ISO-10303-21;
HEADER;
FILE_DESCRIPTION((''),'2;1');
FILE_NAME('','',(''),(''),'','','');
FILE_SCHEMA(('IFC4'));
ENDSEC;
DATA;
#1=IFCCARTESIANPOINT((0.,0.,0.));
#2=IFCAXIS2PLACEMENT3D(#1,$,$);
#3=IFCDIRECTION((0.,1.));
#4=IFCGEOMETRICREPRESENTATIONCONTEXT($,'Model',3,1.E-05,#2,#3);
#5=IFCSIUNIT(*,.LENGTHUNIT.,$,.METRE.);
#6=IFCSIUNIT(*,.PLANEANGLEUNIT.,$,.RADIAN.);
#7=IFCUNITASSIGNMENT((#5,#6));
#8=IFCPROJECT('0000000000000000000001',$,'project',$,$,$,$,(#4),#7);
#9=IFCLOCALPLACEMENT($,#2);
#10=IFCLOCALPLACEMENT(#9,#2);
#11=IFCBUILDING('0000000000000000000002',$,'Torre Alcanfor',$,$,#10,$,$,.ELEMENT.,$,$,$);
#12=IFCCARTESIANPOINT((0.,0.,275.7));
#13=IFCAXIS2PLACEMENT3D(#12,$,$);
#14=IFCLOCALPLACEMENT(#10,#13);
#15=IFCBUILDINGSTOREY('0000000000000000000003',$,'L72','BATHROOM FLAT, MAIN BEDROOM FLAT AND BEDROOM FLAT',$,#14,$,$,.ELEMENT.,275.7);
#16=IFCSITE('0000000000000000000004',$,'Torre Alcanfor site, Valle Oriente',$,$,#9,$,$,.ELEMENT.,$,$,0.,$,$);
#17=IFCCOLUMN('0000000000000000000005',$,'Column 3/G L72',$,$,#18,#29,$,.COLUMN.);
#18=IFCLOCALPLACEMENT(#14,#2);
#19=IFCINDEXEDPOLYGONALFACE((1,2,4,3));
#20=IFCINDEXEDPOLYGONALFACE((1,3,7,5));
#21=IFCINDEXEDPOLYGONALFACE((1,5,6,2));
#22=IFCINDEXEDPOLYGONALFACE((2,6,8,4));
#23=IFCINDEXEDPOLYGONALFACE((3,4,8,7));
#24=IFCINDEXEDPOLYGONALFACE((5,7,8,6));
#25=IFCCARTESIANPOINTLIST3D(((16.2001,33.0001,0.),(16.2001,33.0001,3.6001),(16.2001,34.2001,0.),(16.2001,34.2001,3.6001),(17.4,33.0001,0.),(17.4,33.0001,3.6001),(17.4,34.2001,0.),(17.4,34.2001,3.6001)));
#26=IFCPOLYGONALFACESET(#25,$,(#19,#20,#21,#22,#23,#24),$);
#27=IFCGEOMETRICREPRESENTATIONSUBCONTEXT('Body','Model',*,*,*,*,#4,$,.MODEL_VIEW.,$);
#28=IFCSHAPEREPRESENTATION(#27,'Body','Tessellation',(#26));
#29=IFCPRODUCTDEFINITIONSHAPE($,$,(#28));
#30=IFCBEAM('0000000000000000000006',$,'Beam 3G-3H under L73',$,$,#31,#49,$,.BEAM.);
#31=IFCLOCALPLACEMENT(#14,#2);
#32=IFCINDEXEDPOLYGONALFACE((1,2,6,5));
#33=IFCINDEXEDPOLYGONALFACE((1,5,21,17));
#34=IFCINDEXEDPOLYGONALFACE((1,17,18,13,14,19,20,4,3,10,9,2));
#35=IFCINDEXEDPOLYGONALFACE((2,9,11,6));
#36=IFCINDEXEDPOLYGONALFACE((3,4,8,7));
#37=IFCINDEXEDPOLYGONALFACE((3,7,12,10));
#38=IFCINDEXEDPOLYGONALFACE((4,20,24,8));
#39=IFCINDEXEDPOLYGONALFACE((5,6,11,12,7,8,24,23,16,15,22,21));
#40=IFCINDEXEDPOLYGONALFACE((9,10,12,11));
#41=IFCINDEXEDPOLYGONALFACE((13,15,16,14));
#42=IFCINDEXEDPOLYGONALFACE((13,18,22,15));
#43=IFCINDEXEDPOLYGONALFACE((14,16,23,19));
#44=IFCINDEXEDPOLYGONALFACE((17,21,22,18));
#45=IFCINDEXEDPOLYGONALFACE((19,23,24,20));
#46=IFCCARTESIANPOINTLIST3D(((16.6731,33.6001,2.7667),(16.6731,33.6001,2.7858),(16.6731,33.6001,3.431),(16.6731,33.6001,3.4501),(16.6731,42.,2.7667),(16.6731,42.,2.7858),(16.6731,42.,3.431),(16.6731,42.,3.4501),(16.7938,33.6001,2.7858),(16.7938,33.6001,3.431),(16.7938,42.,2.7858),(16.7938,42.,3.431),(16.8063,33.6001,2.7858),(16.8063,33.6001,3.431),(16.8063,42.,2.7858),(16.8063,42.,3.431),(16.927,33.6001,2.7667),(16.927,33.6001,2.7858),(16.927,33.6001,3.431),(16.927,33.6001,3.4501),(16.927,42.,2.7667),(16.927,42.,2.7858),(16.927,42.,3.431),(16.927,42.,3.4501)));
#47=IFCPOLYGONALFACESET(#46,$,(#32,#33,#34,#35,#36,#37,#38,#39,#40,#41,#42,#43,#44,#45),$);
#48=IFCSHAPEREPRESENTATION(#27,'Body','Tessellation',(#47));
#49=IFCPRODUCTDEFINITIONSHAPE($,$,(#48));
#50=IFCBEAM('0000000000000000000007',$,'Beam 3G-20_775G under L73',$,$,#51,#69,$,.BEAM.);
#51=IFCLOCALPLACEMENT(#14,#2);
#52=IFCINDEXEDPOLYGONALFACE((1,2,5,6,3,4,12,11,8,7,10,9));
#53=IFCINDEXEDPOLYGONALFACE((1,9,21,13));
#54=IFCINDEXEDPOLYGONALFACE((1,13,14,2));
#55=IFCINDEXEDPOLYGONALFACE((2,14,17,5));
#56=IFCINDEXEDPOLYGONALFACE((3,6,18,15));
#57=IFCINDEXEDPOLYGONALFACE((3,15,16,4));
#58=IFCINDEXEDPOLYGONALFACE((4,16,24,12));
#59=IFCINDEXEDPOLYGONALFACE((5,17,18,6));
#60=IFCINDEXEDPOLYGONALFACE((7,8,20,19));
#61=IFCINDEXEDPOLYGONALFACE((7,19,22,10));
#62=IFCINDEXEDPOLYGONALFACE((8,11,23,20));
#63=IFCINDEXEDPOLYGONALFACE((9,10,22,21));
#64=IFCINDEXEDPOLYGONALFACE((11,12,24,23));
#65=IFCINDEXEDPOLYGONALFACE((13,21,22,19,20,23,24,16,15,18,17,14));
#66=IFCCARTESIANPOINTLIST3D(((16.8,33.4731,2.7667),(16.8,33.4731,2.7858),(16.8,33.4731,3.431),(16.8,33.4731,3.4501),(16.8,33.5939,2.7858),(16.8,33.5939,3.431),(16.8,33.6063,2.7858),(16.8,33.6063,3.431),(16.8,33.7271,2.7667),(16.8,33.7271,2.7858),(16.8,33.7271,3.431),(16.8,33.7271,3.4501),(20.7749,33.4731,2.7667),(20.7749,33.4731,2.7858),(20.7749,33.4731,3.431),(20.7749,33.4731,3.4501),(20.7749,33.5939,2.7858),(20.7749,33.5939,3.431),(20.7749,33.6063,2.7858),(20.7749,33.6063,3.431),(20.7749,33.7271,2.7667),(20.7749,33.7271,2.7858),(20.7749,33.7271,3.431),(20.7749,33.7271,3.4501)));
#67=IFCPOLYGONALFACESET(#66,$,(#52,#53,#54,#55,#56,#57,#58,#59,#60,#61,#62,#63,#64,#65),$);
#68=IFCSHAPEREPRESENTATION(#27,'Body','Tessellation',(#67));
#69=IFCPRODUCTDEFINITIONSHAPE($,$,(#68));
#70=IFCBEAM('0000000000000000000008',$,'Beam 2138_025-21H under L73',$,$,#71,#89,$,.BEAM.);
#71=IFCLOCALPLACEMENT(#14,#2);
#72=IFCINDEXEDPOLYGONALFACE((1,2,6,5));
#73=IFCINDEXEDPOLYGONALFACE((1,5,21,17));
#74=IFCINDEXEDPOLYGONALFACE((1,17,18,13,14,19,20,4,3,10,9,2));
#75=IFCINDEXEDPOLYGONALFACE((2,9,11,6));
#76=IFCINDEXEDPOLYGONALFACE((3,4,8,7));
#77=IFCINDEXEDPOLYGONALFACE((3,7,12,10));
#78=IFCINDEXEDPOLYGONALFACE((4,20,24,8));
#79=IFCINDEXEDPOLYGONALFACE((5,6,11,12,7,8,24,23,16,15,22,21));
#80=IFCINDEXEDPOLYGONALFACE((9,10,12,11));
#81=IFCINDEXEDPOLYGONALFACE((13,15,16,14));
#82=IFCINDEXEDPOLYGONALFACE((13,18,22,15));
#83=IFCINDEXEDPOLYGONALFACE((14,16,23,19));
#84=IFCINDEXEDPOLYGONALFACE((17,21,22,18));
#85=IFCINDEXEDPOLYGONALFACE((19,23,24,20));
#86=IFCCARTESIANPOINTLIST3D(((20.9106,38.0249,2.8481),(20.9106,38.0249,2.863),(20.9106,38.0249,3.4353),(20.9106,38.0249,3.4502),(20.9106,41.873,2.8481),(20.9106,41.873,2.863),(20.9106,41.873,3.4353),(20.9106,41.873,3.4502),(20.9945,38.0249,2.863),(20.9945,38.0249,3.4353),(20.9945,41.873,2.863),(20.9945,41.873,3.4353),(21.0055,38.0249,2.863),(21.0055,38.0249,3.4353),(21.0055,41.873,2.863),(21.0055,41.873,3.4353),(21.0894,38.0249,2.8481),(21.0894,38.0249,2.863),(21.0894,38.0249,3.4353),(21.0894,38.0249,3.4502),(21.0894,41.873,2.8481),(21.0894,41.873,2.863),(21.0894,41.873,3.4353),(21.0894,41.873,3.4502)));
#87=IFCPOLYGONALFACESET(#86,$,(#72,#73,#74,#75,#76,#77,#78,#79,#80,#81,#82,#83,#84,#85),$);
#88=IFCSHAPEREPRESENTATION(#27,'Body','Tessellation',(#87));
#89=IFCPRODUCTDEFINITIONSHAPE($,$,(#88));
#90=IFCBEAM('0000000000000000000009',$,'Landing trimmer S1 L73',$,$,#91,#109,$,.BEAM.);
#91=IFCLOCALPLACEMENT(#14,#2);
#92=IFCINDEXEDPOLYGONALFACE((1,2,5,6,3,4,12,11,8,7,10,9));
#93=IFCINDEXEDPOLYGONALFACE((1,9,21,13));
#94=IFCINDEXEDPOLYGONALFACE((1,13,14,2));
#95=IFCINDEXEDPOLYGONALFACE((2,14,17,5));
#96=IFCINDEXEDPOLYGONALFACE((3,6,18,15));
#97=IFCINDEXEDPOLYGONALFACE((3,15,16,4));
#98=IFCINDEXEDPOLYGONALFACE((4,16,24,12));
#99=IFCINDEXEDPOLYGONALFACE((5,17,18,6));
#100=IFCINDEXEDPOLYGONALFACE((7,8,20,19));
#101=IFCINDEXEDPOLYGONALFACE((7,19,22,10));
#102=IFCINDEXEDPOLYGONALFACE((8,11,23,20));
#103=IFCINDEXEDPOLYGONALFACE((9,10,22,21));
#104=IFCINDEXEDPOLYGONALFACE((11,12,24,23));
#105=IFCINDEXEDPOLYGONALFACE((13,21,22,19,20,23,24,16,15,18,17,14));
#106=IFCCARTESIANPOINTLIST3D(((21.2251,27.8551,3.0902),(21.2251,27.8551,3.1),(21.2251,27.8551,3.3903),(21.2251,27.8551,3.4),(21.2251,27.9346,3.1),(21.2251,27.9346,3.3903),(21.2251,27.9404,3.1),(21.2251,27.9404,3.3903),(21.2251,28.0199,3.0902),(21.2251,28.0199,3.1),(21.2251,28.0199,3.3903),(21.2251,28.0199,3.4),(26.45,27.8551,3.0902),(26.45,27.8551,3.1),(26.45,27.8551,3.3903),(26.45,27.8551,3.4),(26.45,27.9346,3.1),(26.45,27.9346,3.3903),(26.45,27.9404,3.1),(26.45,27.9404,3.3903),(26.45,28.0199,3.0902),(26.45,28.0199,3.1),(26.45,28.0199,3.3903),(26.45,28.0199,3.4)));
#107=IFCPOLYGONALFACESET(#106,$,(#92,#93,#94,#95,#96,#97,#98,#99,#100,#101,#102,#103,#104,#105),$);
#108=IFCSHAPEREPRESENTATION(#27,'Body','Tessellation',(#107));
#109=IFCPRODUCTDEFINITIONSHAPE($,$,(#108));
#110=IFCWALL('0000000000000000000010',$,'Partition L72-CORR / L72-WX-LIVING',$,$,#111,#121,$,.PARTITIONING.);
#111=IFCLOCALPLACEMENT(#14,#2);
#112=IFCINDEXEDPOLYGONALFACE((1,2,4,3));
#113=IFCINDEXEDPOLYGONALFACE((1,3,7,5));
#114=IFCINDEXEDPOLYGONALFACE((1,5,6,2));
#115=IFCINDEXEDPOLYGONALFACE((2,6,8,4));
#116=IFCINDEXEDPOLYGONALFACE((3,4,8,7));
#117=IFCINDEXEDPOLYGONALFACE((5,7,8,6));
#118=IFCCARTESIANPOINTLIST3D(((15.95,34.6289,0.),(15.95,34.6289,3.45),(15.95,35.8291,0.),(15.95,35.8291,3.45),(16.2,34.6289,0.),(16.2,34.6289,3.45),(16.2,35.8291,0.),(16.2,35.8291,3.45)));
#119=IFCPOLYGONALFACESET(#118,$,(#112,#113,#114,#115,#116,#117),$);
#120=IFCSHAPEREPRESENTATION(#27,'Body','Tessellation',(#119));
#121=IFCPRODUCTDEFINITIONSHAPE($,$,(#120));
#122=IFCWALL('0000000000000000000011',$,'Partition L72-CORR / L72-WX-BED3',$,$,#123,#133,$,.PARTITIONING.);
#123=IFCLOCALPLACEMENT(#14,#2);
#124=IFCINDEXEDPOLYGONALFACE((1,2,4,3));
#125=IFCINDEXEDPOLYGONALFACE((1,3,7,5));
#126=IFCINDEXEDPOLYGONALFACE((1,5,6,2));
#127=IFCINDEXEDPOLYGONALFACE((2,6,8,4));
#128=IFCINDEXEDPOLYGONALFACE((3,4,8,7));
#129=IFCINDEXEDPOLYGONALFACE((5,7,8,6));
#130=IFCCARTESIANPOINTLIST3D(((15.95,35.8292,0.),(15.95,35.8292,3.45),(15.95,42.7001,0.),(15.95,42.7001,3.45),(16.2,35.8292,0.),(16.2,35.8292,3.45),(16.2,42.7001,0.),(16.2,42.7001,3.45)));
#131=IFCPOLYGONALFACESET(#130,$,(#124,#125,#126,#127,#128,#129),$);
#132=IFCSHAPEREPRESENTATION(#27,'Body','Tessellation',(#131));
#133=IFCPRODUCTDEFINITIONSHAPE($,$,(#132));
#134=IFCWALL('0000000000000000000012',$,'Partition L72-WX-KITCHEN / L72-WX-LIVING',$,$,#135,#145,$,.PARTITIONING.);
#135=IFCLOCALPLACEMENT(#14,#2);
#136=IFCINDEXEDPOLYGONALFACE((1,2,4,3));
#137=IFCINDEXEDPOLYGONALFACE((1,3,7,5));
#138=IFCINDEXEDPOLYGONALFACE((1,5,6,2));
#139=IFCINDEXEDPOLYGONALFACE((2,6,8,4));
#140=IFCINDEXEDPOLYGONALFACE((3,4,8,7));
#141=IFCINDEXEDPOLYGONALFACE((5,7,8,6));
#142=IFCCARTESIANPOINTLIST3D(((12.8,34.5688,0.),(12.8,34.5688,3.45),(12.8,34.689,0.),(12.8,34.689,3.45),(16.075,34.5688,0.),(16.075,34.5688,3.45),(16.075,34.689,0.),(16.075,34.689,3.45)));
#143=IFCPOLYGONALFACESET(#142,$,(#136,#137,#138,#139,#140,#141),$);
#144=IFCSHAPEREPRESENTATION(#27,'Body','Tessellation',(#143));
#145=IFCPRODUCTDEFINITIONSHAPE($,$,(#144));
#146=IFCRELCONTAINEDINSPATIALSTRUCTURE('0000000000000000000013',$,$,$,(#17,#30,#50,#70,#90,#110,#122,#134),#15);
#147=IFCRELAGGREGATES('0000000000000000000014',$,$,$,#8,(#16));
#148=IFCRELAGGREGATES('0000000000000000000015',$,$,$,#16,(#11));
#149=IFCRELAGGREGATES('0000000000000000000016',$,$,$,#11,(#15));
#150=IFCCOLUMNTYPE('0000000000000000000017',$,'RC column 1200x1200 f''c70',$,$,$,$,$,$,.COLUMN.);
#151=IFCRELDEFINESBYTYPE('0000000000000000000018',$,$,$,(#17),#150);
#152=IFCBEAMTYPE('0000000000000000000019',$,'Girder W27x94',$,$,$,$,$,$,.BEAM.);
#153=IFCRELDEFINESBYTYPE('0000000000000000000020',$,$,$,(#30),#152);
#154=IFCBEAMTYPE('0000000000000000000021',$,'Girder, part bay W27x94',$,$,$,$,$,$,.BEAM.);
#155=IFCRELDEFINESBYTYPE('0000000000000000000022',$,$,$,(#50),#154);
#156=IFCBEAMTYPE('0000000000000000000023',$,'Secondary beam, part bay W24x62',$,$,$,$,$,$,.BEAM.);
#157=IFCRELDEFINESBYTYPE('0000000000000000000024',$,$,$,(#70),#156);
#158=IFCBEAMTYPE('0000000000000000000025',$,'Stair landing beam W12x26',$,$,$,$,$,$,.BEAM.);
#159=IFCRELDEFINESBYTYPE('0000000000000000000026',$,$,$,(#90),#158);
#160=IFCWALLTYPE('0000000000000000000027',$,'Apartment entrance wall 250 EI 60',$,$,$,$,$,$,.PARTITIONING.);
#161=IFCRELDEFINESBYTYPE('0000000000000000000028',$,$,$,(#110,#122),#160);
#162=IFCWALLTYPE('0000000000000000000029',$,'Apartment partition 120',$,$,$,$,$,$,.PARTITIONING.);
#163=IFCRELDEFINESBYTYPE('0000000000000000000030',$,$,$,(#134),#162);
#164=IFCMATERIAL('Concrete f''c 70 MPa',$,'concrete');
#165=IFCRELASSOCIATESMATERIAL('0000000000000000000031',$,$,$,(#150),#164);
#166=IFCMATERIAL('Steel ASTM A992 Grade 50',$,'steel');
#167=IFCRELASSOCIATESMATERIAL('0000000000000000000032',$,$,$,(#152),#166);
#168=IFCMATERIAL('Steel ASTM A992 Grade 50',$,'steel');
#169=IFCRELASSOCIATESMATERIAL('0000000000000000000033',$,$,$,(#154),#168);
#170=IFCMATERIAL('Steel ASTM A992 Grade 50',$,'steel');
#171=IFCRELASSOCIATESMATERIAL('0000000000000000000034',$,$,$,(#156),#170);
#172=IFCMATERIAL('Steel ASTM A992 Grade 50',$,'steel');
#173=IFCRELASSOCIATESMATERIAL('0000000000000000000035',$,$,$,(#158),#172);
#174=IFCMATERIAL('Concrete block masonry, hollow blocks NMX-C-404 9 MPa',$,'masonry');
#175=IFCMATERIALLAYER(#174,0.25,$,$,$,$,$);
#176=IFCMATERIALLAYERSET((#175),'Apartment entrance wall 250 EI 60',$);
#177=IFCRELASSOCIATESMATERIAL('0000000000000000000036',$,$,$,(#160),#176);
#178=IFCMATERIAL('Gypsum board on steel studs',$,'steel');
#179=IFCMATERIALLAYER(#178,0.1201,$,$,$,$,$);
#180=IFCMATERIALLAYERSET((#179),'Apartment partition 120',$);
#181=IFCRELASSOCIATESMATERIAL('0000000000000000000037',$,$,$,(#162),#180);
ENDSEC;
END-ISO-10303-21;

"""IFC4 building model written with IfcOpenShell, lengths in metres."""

from ifc_helpers import new_model, si_unit, direction, frame, frame_2d, origin, origin_2d, place, context, subcontext, project, spatial, rectangle, i_section, extrude, material, layer, layer_set, material_profile, profile_set, type_object, element, save


model = new_model("IFC4")

# Units and contexts
model_context = context("Model", 3, precision=1e-05, world=origin(), true_north=direction((0.0, 1.0)))
body_context = subcontext(model_context, "Body", "Model", "MODEL_VIEW")
ifc_project = project(units=[si_unit("LENGTHUNIT", "METRE"), si_unit("PLANEANGLEUNIT", "RADIAN")], contexts=[model_context])

# Site, building, storey
site_placement = place(None, origin())
site = spatial("IfcSite", under=ifc_project, at=site_placement, Name="Torre Alcanfor site, Valle Oriente", CompositionType="ELEMENT", RefElevation=0.0)
building_placement = place(site_placement, origin())
building = spatial("IfcBuilding", under=site, at=building_placement, Name="Torre Alcanfor", CompositionType="ELEMENT")
storey_placement = place(building_placement, frame((0.0, 0.0, 275.7)))
storey = spatial("IfcBuildingStorey", under=building, at=storey_placement, Name="L72", Description="BATHROOM FLAT, MAIN BEDROOM FLAT AND BEDROOM FLAT", CompositionType="ELEMENT", Elevation=275.7)

# Column
ifc_material_1 = material(Name="Concrete f'c 70 MPa", Category="concrete")
ifc_material_profile_1 = material_profile(ifc_material_1, rectangle(XDim=1.2, YDim=1.2, at=origin_2d()), Name="1200x1200")
ifc_profile_set_1 = profile_set([ifc_material_profile_1], Name="Concrete f'c 70 MPa")
column_type = type_object("IfcColumnType", Name="RC column 1200x1200 f'c70", PredefinedType="COLUMN", material=ifc_profile_set_1)
column_placement = place(storey_placement, frame((16.8, 33.6001, 0.0), z_axis=(0.0, 0.0, 1.0), x_axis=(1.0, 0.0, 0.0)))
element("IfcColumn", 1, at=column_placement, inside=storey, type_object=column_type, Name="Column 3/G L72", PredefinedType="COLUMN", context=body_context, shape_type="SweptSolid", body=[
    extrude(rectangle(XDim=1.2, YDim=1.2, at=origin_2d()), origin(), (0.0, 0.0, 1.0), 3.6001),
])

# Beams
ifc_material_2 = material(Name="Steel ASTM A992 Grade 50", Category="steel")
ifc_material_profile_2 = material_profile(ifc_material_2, i_section(OverallWidth=0.2539, OverallDepth=0.6833, WebThickness=0.0125, FlangeThickness=0.019, at=origin_2d()), Name="W27x94")
ifc_profile_set_2 = profile_set([ifc_material_profile_2], Name="Steel ASTM A992 Grade 50")
beam_type_1 = type_object("IfcBeamType", Name="Girder W27x94", PredefinedType="BEAM", material=ifc_profile_set_2)
beam_1_placement = place(storey_placement, frame((16.8, 33.6001, 3.1084), z_axis=(0.0, 1.0, 0.0), x_axis=(-1.0, 0.0, 0.0)))
element("IfcBeam", 2, at=beam_1_placement, inside=storey, type_object=beam_type_1, Name="Beam 3G-3H under L73", PredefinedType="BEAM", context=body_context, shape_type="SweptSolid", body=[
    extrude(i_section(OverallWidth=0.2539, OverallDepth=0.6833, WebThickness=0.0125, FlangeThickness=0.019, at=origin_2d()), origin(), (0.0, 0.0, 1.0), 8.3999),
])
ifc_material_3 = material(Name="Steel ASTM A992 Grade 50", Category="steel")
ifc_material_profile_3 = material_profile(ifc_material_3, i_section(OverallWidth=0.2539, OverallDepth=0.6833, WebThickness=0.0125, FlangeThickness=0.019, at=origin_2d()), Name="W27x94")
ifc_profile_set_3 = profile_set([ifc_material_profile_3], Name="Steel ASTM A992 Grade 50")
beam_type_2 = type_object("IfcBeamType", Name="Girder, part bay W27x94", PredefinedType="BEAM", material=ifc_profile_set_3)
beam_2_placement = place(storey_placement, frame((16.8, 33.6001, 3.1084), z_axis=(1.0, 0.0, 0.0), x_axis=(0.0, 1.0, 0.0)))
element("IfcBeam", 3, at=beam_2_placement, inside=storey, type_object=beam_type_2, Name="Beam 3G-20_775G under L73", PredefinedType="BEAM", context=body_context, shape_type="SweptSolid", body=[
    extrude(i_section(OverallWidth=0.2539, OverallDepth=0.6833, WebThickness=0.0125, FlangeThickness=0.019, at=origin_2d()), origin(), (0.0, 0.0, 1.0), 3.9749),
])
ifc_material_4 = material(Name="Steel ASTM A992 Grade 50", Category="steel")
ifc_material_profile_4 = material_profile(ifc_material_4, i_section(OverallWidth=0.1787, OverallDepth=0.6021, WebThickness=0.011, FlangeThickness=0.0149, at=origin_2d()), Name="W24x62")
ifc_profile_set_4 = profile_set([ifc_material_profile_4], Name="Steel ASTM A992 Grade 50")
beam_type_3 = type_object("IfcBeamType", Name="Secondary beam, part bay W24x62", PredefinedType="BEAM", material=ifc_profile_set_4)
beam_3_placement = place(storey_placement, frame((21.0, 38.0249, 3.1492), z_axis=(0.0, 1.0, 0.0), x_axis=(-1.0, 0.0, 0.0)))
element("IfcBeam", 4, at=beam_3_placement, inside=storey, type_object=beam_type_3, Name="Beam 2138_025-21H under L73", PredefinedType="BEAM", context=body_context, shape_type="SweptSolid", body=[
    extrude(i_section(OverallWidth=0.1787, OverallDepth=0.6021, WebThickness=0.011, FlangeThickness=0.0149, at=origin_2d()), origin(), (0.0, 0.0, 1.0), 3.8481),
])
ifc_material_5 = material(Name="Steel ASTM A992 Grade 50", Category="steel")
ifc_material_profile_5 = material_profile(ifc_material_5, i_section(OverallWidth=0.1648, OverallDepth=0.3098, WebThickness=0.0059, FlangeThickness=0.0098, at=origin_2d()), Name="W12x26")
ifc_profile_set_5 = profile_set([ifc_material_profile_5], Name="Steel ASTM A992 Grade 50")
beam_type_4 = type_object("IfcBeamType", Name="Stair landing beam W12x26", PredefinedType="BEAM", material=ifc_profile_set_5)
beam_4_placement = place(storey_placement, frame((21.2251, 27.9375, 3.2451), z_axis=(1.0, 0.0, 0.0), x_axis=(0.0, 1.0, 0.0)))
element("IfcBeam", 5, at=beam_4_placement, inside=storey, type_object=beam_type_4, Name="Landing trimmer S1 L73", PredefinedType="BEAM", context=body_context, shape_type="SweptSolid", body=[
    extrude(i_section(OverallWidth=0.1648, OverallDepth=0.3098, WebThickness=0.0059, FlangeThickness=0.0098, at=origin_2d()), origin(), (0.0, 0.0, 1.0), 5.2249),
])

# Walls
ifc_material_6 = material(Name="Concrete block masonry, hollow blocks NMX-C-404 9 MPa", Category="masonry")
ifc_layer_1 = layer(ifc_material_6, 0.25)
ifc_layer_set_1 = layer_set([ifc_layer_1], Name="Apartment entrance wall 250 EI 60")
wall_type_1 = type_object("IfcWallType", Name="Apartment entrance wall 250 EI 60", PredefinedType="PARTITIONING", material=ifc_layer_set_1)
wall_1_placement = place(storey_placement, frame((16.075, 34.6289, 0.0), z_axis=(0.0, 0.0, 1.0), x_axis=(0.0, 1.0, 0.0)))
element("IfcWall", 6, at=wall_1_placement, inside=storey, type_object=wall_type_1, Name="Partition L72-CORR / L72-WX-LIVING", PredefinedType="PARTITIONING", context=body_context, shape_type="SweptSolid", body=[
    extrude(rectangle(XDim=1.2002, YDim=0.25, at=frame_2d((0.6001, 0.0))), origin(), (0.0, 0.0, 1.0), 3.45),
])
wall_2_placement = place(storey_placement, frame((16.075, 35.8291, 0.0), z_axis=(0.0, 0.0, 1.0), x_axis=(0.0, 1.0, 0.0)))
element("IfcWall", 7, at=wall_2_placement, inside=storey, type_object=wall_type_1, Name="Partition L72-CORR / L72-WX-BED3", PredefinedType="PARTITIONING", context=body_context, shape_type="SweptSolid", body=[
    extrude(rectangle(XDim=6.8708, YDim=0.25, at=frame_2d((3.4355, 0.0))), origin(), (0.0, 0.0, 1.0), 3.45),
])
ifc_material_7 = material(Name="Gypsum board on steel studs", Category="steel")
ifc_layer_2 = layer(ifc_material_7, 0.1201)
ifc_layer_set_2 = layer_set([ifc_layer_2], Name="Apartment partition 120")
wall_type_2 = type_object("IfcWallType", Name="Apartment partition 120", PredefinedType="PARTITIONING", material=ifc_layer_set_2)
wall_3_placement = place(storey_placement, frame((16.075, 34.6289, 0.0), z_axis=(0.0, 0.0, 1.0), x_axis=(-1.0, 0.0, 0.0)))
element("IfcWall", 8, at=wall_3_placement, inside=storey, type_object=wall_type_2, Name="Partition L72-WX-KITCHEN / L72-WX-LIVING", PredefinedType="PARTITIONING", context=body_context, shape_type="SweptSolid", body=[
    extrude(rectangle(XDim=3.2749, YDim=0.1201, at=frame_2d((1.6375, 0.0))), origin(), (0.0, 0.0, 1.0), 3.45),
])

save(model, "model.ifc")
